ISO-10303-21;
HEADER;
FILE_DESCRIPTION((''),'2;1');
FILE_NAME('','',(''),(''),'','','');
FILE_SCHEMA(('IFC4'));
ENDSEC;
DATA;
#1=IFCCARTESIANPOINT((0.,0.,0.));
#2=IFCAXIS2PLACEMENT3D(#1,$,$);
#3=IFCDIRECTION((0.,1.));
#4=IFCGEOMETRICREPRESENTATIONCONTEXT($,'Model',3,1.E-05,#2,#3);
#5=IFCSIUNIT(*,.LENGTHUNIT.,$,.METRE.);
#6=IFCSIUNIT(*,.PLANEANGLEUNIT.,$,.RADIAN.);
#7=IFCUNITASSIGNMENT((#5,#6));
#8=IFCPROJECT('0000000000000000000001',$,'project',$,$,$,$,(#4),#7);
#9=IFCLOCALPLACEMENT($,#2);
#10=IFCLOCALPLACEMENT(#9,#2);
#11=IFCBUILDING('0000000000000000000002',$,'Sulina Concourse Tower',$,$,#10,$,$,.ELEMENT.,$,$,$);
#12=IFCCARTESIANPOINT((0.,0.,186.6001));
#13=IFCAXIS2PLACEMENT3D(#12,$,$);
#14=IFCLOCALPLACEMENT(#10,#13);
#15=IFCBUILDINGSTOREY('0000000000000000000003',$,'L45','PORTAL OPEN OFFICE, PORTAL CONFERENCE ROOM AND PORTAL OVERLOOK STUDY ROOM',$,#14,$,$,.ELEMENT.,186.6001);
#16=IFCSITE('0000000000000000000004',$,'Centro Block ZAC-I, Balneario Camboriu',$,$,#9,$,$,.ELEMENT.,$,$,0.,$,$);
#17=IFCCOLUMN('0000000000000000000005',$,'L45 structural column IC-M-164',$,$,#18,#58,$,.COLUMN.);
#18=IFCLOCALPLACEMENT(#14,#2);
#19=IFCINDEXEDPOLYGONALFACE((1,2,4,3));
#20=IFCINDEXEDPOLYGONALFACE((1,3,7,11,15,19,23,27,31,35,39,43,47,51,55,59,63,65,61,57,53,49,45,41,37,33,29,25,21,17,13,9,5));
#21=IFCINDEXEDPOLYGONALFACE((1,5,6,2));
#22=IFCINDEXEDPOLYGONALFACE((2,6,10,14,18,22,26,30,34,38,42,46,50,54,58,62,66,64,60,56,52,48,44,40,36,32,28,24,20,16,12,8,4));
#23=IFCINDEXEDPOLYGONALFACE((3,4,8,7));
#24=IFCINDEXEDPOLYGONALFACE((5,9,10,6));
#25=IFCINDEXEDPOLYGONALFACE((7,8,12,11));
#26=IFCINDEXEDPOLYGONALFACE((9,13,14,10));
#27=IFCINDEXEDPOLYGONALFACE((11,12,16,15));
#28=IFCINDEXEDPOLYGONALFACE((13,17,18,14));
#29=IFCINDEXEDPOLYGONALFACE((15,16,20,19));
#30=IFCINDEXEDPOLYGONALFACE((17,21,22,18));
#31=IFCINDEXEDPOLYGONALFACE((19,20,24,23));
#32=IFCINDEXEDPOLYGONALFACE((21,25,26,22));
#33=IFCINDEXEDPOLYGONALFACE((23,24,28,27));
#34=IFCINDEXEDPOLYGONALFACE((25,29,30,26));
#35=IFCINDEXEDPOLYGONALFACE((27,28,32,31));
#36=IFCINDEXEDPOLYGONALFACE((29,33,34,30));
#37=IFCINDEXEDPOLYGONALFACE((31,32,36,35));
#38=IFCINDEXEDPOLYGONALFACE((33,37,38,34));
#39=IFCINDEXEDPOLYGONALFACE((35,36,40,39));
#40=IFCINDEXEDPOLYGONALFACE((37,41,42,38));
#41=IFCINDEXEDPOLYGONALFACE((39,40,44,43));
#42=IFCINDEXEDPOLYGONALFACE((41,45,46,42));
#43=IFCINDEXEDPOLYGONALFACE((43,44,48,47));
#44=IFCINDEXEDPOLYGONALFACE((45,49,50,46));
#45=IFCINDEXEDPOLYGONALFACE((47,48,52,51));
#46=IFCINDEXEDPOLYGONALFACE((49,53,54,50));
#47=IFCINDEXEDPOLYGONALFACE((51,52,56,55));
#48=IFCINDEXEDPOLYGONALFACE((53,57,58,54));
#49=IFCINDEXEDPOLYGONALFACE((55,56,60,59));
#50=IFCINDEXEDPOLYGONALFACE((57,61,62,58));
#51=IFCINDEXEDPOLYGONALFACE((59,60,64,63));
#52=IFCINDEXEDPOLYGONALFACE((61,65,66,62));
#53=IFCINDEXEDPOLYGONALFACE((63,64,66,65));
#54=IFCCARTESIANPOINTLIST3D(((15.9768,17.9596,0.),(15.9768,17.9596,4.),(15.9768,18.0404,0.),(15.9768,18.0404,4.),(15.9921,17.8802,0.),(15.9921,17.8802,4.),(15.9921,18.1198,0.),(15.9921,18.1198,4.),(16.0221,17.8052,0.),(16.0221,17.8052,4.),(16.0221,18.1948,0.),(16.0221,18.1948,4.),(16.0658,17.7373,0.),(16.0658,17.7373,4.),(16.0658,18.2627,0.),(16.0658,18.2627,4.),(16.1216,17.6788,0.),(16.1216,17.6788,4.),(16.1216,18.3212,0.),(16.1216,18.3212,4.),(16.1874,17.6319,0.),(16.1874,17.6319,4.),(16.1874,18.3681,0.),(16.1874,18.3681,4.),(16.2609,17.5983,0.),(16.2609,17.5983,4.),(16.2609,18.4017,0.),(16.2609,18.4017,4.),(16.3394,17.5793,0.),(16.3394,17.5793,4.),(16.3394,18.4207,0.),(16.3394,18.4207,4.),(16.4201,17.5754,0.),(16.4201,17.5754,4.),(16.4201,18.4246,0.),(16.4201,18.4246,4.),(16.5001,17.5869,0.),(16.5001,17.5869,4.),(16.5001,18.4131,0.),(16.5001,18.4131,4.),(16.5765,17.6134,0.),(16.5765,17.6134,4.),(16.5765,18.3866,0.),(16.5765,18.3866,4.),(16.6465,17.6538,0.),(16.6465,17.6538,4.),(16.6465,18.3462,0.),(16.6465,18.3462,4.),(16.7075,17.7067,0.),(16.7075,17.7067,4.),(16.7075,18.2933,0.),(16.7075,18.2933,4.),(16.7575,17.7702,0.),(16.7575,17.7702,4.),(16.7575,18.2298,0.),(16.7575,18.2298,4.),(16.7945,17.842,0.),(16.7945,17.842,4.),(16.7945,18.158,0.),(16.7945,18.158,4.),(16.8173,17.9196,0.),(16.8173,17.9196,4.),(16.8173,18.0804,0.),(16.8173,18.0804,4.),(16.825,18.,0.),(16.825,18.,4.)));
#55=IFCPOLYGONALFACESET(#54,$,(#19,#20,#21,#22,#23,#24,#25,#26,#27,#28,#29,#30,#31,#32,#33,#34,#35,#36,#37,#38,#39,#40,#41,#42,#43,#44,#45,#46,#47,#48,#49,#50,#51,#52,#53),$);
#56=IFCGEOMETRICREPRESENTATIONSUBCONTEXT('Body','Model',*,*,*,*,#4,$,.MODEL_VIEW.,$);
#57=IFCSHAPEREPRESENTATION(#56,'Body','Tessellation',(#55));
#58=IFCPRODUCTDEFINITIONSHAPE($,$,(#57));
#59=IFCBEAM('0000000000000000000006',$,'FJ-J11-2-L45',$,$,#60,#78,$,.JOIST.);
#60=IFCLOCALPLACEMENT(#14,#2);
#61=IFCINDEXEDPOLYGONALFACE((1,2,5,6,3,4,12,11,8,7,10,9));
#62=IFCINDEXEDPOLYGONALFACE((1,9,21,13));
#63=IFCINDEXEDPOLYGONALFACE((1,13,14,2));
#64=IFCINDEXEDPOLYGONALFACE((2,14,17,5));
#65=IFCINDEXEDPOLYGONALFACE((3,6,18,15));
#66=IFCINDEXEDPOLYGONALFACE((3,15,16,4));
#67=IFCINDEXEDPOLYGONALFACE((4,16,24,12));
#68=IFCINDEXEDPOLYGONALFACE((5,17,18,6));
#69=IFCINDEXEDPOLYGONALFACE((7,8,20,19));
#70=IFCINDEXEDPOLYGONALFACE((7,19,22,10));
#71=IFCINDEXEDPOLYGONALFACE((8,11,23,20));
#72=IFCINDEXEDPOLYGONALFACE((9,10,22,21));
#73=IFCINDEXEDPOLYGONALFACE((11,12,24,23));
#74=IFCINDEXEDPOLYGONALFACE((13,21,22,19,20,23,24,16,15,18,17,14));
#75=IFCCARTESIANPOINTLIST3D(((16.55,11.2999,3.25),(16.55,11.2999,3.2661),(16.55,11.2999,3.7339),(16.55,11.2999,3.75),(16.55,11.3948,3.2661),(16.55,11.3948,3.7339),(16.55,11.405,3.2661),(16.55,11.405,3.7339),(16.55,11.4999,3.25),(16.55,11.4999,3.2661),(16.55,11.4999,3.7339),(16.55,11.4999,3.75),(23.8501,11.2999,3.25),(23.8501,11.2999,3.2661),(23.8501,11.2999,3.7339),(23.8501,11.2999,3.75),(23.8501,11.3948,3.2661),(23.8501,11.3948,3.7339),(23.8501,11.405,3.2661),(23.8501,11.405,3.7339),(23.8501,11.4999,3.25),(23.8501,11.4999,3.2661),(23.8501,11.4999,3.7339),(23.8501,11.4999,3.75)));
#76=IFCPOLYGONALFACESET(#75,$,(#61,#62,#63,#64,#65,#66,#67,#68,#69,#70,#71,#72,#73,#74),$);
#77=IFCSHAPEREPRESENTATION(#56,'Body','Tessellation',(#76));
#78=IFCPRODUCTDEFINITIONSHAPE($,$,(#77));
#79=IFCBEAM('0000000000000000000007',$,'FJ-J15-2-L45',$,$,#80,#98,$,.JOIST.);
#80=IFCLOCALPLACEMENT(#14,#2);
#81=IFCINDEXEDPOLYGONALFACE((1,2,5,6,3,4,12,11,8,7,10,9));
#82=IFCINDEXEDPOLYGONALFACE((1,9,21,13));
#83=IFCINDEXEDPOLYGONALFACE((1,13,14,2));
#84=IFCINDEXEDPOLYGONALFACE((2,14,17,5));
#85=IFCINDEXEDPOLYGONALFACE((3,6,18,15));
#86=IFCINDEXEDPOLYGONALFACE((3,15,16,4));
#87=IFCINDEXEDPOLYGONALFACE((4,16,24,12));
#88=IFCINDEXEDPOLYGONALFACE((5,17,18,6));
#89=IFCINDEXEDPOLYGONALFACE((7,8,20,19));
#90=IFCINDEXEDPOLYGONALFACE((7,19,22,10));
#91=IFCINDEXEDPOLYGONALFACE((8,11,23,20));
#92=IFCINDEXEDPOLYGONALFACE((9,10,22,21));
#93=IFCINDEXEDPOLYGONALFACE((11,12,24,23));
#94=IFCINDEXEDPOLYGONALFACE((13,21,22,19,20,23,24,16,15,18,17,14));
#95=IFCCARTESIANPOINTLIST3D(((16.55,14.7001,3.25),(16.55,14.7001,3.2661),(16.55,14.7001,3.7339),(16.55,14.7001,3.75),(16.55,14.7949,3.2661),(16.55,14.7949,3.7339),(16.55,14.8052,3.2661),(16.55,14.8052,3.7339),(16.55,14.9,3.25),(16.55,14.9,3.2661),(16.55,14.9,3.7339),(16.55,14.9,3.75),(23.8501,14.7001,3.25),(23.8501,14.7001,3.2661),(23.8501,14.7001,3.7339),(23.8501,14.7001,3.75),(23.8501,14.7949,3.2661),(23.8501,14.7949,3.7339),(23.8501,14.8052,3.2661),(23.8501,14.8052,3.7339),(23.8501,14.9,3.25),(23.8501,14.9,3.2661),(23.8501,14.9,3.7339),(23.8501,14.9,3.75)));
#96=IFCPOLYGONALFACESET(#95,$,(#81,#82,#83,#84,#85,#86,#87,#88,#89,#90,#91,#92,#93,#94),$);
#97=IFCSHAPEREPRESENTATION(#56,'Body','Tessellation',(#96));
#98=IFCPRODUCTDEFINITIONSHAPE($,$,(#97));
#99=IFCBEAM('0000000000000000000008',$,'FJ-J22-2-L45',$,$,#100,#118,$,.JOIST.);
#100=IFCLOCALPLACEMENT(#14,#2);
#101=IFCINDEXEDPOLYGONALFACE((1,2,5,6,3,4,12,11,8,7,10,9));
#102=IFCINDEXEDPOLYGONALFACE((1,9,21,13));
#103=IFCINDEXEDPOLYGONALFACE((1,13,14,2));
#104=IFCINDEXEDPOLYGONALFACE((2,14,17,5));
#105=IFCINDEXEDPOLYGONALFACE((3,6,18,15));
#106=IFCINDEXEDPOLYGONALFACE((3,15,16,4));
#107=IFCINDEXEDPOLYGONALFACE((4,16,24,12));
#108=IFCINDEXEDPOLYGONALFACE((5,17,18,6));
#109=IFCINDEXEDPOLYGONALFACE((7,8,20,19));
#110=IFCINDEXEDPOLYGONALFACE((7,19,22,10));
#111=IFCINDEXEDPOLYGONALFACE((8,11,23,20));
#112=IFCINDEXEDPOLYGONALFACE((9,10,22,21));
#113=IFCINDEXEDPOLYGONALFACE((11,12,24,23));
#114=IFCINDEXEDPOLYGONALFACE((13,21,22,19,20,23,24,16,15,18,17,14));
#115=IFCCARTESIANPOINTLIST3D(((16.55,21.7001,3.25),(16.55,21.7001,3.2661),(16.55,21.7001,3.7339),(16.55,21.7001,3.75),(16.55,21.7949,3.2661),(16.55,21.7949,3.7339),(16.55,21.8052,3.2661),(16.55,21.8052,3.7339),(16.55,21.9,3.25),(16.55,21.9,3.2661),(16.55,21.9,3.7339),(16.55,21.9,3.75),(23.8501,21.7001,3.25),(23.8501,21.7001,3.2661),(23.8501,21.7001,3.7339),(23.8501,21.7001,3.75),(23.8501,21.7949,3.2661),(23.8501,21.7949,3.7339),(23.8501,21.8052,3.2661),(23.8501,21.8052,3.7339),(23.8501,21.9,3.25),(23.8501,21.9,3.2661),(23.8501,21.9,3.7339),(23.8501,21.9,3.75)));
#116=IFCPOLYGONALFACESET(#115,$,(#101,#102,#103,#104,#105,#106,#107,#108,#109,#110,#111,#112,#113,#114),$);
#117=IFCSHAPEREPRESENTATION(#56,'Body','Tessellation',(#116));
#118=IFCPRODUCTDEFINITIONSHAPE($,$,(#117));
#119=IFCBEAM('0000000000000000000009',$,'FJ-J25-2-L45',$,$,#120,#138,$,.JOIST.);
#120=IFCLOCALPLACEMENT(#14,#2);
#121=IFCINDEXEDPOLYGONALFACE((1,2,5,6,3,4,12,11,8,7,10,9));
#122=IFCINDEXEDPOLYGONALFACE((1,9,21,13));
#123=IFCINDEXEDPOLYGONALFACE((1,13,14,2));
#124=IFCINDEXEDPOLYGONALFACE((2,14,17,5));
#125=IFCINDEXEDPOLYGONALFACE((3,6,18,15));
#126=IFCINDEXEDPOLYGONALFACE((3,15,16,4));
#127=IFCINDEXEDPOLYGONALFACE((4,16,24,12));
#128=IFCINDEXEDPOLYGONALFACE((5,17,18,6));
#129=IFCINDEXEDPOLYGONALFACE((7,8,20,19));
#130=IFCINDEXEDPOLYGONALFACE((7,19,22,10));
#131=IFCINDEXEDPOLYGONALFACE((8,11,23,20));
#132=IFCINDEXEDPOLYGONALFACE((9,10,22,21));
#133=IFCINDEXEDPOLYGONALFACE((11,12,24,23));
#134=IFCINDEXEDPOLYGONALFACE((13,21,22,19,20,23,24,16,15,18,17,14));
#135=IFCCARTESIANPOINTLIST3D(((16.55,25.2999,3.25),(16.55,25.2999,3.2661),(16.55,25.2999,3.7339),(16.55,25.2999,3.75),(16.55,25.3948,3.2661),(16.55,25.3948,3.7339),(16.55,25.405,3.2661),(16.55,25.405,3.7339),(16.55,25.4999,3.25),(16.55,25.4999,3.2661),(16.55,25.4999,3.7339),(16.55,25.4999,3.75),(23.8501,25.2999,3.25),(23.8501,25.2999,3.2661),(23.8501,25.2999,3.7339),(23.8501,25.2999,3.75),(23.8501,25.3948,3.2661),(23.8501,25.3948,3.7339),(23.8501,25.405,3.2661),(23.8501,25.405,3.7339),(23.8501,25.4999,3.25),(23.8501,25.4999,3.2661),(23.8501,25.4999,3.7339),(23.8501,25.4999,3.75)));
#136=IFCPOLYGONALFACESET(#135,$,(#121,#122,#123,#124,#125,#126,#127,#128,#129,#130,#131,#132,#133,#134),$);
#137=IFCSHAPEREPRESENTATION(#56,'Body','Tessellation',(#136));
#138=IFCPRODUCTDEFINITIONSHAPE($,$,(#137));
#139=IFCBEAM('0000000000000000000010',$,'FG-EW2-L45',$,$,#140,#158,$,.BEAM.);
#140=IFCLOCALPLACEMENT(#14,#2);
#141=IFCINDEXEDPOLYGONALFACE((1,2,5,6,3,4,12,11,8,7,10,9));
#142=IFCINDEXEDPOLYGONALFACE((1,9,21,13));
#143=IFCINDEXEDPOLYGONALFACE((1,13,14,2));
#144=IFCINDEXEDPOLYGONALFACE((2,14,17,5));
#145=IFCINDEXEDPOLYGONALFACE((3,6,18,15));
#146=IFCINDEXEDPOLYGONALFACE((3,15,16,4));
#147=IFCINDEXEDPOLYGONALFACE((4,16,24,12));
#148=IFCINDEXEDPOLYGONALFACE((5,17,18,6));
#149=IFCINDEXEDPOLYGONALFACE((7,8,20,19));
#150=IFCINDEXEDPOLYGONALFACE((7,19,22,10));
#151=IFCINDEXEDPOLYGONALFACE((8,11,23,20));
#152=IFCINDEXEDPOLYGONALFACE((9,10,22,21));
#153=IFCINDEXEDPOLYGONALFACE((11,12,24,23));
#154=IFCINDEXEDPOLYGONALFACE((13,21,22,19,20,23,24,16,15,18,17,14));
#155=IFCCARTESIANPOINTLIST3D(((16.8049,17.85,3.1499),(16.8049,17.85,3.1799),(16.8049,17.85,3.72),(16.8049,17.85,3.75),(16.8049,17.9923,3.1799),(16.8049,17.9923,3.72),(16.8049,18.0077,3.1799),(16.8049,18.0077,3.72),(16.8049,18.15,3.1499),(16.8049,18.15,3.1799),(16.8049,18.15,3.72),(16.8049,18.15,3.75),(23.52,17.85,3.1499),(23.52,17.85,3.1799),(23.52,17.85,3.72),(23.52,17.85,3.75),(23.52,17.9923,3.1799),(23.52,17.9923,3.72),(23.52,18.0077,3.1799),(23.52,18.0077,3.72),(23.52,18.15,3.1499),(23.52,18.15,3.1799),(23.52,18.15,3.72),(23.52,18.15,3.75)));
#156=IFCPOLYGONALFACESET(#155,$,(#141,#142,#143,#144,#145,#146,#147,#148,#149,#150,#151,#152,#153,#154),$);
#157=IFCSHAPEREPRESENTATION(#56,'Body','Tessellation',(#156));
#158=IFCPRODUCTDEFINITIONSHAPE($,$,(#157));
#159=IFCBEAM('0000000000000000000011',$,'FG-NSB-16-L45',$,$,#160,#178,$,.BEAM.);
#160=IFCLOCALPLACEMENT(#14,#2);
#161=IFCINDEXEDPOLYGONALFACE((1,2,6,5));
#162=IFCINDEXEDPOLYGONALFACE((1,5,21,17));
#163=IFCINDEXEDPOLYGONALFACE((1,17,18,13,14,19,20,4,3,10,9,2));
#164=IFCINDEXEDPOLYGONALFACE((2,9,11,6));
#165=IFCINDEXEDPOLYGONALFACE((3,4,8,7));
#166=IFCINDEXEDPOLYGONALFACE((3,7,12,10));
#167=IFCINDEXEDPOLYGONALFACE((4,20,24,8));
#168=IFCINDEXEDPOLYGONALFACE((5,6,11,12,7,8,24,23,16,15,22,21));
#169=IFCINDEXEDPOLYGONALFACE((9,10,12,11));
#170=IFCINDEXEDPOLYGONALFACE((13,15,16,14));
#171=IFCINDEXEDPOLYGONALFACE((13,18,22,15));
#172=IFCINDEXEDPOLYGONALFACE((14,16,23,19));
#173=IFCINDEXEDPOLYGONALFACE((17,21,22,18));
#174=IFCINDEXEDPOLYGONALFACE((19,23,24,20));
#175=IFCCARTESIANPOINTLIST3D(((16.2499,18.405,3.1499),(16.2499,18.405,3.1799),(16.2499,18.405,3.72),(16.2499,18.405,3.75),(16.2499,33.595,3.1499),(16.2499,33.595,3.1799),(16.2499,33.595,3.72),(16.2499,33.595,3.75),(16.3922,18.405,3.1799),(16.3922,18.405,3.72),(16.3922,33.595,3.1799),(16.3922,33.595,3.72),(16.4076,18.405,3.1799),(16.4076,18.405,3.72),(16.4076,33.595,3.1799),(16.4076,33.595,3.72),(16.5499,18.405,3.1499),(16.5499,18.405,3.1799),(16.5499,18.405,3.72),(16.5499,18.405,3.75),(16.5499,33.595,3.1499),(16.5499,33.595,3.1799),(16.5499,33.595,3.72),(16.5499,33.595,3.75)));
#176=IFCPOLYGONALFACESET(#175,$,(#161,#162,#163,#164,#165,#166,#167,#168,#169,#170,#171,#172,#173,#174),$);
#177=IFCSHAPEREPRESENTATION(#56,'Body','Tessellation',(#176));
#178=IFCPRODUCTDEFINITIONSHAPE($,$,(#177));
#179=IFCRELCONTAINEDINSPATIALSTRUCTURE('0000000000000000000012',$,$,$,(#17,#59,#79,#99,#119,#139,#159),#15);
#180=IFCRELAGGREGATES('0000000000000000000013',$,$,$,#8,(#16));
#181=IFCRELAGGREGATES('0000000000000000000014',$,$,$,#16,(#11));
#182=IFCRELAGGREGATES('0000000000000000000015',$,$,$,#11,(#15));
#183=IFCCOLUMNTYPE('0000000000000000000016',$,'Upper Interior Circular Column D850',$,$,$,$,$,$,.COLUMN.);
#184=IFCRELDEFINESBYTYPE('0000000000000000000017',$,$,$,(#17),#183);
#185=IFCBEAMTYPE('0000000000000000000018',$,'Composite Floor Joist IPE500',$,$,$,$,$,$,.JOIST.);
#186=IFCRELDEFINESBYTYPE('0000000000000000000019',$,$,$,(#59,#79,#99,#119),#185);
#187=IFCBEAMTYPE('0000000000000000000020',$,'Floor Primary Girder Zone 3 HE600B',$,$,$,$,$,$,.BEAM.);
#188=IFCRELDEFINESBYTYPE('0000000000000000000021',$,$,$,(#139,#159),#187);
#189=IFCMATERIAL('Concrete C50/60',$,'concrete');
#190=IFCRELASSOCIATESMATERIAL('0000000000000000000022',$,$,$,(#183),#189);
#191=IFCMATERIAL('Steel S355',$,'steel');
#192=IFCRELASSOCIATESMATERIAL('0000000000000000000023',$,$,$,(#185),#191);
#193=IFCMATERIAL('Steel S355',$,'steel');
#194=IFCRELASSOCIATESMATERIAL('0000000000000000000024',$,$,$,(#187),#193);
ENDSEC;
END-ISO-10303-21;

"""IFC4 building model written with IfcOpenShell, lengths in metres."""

from ifc_helpers import new_model, si_unit, direction, frame, origin, origin_2d, place, context, subcontext, project, spatial, circle, i_section, extrude, material, material_profile, profile_set, type_object, element, save


model = new_model("IFC4")

# Units and contexts
model_context = context("Model", 3, precision=1e-05, world=origin(), true_north=direction((0.0, 1.0)))
body_context = subcontext(model_context, "Body", "Model", "MODEL_VIEW")
ifc_project = project(units=[si_unit("LENGTHUNIT", "METRE"), si_unit("PLANEANGLEUNIT", "RADIAN")], contexts=[model_context])

# Site, building, storey
site_placement = place(None, origin())
site = spatial("IfcSite", under=ifc_project, at=site_placement, Name="Centro Block ZAC-I, Balneario Camboriu", CompositionType="ELEMENT", RefElevation=0.0)
building_placement = place(site_placement, origin())
building = spatial("IfcBuilding", under=site, at=building_placement, Name="Sulina Concourse Tower", CompositionType="ELEMENT")
storey_placement = place(building_placement, frame((0.0, 0.0, 186.6001)))
storey = spatial("IfcBuildingStorey", under=building, at=storey_placement, Name="L45", Description="PORTAL OPEN OFFICE, PORTAL CONFERENCE ROOM AND PORTAL OVERLOOK STUDY ROOM", CompositionType="ELEMENT", Elevation=186.6001)

# Column
ifc_material_1 = material(Name="Concrete C50/60", Category="concrete")
ifc_material_profile_1 = material_profile(ifc_material_1, circle(Radius=0.425, at=origin_2d()), Name="RC D850")
ifc_profile_set_1 = profile_set([ifc_material_profile_1], Name="Concrete C50/60")
column_type = type_object("IfcColumnType", Name="Upper Interior Circular Column D850", PredefinedType="COLUMN", material=ifc_profile_set_1)
column_placement = place(storey_placement, frame((16.3999, 18.0, 0.0), z_axis=(0.0, 0.0, 1.0), x_axis=(1.0, 0.0, 0.0)))
element("IfcColumn", 1, at=column_placement, inside=storey, type_object=column_type, Name="L45 structural column IC-M-164", PredefinedType="COLUMN", context=body_context, shape_type="SweptSolid", body=[
    extrude(circle(Radius=0.425, at=origin_2d()), origin(), (0.0, 0.0, 1.0), 4.0),
])

# Beams
ifc_material_2 = material(Name="Steel S355", Category="steel")
ifc_material_profile_2 = material_profile(ifc_material_2, i_section(OverallWidth=0.2, OverallDepth=0.5, WebThickness=0.0103, FlangeThickness=0.0161, at=origin_2d()), Name="IPE 500")
ifc_profile_set_2 = profile_set([ifc_material_profile_2], Name="Steel S355")
beam_type_1 = type_object("IfcBeamType", Name="Composite Floor Joist IPE500", PredefinedType="JOIST", material=ifc_profile_set_2)
for number, where, z_axis, x_axis, name in (
    (2, (16.55, 11.3999, 3.5), (1.0, 0.0, 0.0), (0.0, 1.0, 0.0), "FJ-J11-2-L45"),
    (3, (16.55, 14.8, 3.5), (1.0, 0.0, 0.0), (0.0, 1.0, 0.0), "FJ-J15-2-L45"),
    (4, (16.55, 21.8, 3.5), (1.0, 0.0, 0.0), (0.0, 1.0, 0.0), "FJ-J22-2-L45"),
    (5, (16.55, 25.3999, 3.5), (1.0, 0.0, 0.0), (0.0, 1.0, 0.0), "FJ-J25-2-L45"),
):
    element("IfcBeam", number, at=place(storey_placement, frame(where, z_axis=z_axis, x_axis=x_axis)), inside=storey, type_object=beam_type_1, Name=name, PredefinedType="JOIST", context=body_context, shape_type="SweptSolid", body=[
        extrude(i_section(OverallWidth=0.2, OverallDepth=0.5, WebThickness=0.0103, FlangeThickness=0.0161, at=origin_2d()), origin(), (0.0, 0.0, 1.0), 7.3),
    ])
ifc_material_3 = material(Name="Steel S355", Category="steel")
ifc_material_profile_3 = material_profile(ifc_material_3, i_section(OverallWidth=0.3, OverallDepth=0.6001, WebThickness=0.0154, FlangeThickness=0.03, at=origin_2d()), Name="HE 600 B")
ifc_profile_set_3 = profile_set([ifc_material_profile_3], Name="Steel S355")
beam_type_2 = type_object("IfcBeamType", Name="Floor Primary Girder Zone 3 HE600B", PredefinedType="BEAM", material=ifc_profile_set_3)
beam_1_placement = place(storey_placement, frame((16.8049, 18.0, 3.45), z_axis=(1.0, 0.0, 0.0), x_axis=(0.0, 1.0, 0.0)))
element("IfcBeam", 6, at=beam_1_placement, inside=storey, type_object=beam_type_2, Name="FG-EW2-L45", PredefinedType="BEAM", context=body_context, shape_type="SweptSolid", body=[
    extrude(i_section(OverallWidth=0.3, OverallDepth=0.6001, WebThickness=0.0154, FlangeThickness=0.03, at=origin_2d()), origin(), (0.0, 0.0, 1.0), 6.7151),
])
beam_2_placement = place(storey_placement, frame((16.3999, 18.405, 3.45), z_axis=(0.0, 1.0, 0.0), x_axis=(-1.0, 0.0, 0.0)))
element("IfcBeam", 7, at=beam_2_placement, inside=storey, type_object=beam_type_2, Name="FG-NSB-16-L45", PredefinedType="BEAM", context=body_context, shape_type="SweptSolid", body=[
    extrude(i_section(OverallWidth=0.3, OverallDepth=0.6001, WebThickness=0.0154, FlangeThickness=0.03, at=origin_2d()), origin(), (0.0, 0.0, 1.0), 15.1899),
])

save(model, "model.ifc")
